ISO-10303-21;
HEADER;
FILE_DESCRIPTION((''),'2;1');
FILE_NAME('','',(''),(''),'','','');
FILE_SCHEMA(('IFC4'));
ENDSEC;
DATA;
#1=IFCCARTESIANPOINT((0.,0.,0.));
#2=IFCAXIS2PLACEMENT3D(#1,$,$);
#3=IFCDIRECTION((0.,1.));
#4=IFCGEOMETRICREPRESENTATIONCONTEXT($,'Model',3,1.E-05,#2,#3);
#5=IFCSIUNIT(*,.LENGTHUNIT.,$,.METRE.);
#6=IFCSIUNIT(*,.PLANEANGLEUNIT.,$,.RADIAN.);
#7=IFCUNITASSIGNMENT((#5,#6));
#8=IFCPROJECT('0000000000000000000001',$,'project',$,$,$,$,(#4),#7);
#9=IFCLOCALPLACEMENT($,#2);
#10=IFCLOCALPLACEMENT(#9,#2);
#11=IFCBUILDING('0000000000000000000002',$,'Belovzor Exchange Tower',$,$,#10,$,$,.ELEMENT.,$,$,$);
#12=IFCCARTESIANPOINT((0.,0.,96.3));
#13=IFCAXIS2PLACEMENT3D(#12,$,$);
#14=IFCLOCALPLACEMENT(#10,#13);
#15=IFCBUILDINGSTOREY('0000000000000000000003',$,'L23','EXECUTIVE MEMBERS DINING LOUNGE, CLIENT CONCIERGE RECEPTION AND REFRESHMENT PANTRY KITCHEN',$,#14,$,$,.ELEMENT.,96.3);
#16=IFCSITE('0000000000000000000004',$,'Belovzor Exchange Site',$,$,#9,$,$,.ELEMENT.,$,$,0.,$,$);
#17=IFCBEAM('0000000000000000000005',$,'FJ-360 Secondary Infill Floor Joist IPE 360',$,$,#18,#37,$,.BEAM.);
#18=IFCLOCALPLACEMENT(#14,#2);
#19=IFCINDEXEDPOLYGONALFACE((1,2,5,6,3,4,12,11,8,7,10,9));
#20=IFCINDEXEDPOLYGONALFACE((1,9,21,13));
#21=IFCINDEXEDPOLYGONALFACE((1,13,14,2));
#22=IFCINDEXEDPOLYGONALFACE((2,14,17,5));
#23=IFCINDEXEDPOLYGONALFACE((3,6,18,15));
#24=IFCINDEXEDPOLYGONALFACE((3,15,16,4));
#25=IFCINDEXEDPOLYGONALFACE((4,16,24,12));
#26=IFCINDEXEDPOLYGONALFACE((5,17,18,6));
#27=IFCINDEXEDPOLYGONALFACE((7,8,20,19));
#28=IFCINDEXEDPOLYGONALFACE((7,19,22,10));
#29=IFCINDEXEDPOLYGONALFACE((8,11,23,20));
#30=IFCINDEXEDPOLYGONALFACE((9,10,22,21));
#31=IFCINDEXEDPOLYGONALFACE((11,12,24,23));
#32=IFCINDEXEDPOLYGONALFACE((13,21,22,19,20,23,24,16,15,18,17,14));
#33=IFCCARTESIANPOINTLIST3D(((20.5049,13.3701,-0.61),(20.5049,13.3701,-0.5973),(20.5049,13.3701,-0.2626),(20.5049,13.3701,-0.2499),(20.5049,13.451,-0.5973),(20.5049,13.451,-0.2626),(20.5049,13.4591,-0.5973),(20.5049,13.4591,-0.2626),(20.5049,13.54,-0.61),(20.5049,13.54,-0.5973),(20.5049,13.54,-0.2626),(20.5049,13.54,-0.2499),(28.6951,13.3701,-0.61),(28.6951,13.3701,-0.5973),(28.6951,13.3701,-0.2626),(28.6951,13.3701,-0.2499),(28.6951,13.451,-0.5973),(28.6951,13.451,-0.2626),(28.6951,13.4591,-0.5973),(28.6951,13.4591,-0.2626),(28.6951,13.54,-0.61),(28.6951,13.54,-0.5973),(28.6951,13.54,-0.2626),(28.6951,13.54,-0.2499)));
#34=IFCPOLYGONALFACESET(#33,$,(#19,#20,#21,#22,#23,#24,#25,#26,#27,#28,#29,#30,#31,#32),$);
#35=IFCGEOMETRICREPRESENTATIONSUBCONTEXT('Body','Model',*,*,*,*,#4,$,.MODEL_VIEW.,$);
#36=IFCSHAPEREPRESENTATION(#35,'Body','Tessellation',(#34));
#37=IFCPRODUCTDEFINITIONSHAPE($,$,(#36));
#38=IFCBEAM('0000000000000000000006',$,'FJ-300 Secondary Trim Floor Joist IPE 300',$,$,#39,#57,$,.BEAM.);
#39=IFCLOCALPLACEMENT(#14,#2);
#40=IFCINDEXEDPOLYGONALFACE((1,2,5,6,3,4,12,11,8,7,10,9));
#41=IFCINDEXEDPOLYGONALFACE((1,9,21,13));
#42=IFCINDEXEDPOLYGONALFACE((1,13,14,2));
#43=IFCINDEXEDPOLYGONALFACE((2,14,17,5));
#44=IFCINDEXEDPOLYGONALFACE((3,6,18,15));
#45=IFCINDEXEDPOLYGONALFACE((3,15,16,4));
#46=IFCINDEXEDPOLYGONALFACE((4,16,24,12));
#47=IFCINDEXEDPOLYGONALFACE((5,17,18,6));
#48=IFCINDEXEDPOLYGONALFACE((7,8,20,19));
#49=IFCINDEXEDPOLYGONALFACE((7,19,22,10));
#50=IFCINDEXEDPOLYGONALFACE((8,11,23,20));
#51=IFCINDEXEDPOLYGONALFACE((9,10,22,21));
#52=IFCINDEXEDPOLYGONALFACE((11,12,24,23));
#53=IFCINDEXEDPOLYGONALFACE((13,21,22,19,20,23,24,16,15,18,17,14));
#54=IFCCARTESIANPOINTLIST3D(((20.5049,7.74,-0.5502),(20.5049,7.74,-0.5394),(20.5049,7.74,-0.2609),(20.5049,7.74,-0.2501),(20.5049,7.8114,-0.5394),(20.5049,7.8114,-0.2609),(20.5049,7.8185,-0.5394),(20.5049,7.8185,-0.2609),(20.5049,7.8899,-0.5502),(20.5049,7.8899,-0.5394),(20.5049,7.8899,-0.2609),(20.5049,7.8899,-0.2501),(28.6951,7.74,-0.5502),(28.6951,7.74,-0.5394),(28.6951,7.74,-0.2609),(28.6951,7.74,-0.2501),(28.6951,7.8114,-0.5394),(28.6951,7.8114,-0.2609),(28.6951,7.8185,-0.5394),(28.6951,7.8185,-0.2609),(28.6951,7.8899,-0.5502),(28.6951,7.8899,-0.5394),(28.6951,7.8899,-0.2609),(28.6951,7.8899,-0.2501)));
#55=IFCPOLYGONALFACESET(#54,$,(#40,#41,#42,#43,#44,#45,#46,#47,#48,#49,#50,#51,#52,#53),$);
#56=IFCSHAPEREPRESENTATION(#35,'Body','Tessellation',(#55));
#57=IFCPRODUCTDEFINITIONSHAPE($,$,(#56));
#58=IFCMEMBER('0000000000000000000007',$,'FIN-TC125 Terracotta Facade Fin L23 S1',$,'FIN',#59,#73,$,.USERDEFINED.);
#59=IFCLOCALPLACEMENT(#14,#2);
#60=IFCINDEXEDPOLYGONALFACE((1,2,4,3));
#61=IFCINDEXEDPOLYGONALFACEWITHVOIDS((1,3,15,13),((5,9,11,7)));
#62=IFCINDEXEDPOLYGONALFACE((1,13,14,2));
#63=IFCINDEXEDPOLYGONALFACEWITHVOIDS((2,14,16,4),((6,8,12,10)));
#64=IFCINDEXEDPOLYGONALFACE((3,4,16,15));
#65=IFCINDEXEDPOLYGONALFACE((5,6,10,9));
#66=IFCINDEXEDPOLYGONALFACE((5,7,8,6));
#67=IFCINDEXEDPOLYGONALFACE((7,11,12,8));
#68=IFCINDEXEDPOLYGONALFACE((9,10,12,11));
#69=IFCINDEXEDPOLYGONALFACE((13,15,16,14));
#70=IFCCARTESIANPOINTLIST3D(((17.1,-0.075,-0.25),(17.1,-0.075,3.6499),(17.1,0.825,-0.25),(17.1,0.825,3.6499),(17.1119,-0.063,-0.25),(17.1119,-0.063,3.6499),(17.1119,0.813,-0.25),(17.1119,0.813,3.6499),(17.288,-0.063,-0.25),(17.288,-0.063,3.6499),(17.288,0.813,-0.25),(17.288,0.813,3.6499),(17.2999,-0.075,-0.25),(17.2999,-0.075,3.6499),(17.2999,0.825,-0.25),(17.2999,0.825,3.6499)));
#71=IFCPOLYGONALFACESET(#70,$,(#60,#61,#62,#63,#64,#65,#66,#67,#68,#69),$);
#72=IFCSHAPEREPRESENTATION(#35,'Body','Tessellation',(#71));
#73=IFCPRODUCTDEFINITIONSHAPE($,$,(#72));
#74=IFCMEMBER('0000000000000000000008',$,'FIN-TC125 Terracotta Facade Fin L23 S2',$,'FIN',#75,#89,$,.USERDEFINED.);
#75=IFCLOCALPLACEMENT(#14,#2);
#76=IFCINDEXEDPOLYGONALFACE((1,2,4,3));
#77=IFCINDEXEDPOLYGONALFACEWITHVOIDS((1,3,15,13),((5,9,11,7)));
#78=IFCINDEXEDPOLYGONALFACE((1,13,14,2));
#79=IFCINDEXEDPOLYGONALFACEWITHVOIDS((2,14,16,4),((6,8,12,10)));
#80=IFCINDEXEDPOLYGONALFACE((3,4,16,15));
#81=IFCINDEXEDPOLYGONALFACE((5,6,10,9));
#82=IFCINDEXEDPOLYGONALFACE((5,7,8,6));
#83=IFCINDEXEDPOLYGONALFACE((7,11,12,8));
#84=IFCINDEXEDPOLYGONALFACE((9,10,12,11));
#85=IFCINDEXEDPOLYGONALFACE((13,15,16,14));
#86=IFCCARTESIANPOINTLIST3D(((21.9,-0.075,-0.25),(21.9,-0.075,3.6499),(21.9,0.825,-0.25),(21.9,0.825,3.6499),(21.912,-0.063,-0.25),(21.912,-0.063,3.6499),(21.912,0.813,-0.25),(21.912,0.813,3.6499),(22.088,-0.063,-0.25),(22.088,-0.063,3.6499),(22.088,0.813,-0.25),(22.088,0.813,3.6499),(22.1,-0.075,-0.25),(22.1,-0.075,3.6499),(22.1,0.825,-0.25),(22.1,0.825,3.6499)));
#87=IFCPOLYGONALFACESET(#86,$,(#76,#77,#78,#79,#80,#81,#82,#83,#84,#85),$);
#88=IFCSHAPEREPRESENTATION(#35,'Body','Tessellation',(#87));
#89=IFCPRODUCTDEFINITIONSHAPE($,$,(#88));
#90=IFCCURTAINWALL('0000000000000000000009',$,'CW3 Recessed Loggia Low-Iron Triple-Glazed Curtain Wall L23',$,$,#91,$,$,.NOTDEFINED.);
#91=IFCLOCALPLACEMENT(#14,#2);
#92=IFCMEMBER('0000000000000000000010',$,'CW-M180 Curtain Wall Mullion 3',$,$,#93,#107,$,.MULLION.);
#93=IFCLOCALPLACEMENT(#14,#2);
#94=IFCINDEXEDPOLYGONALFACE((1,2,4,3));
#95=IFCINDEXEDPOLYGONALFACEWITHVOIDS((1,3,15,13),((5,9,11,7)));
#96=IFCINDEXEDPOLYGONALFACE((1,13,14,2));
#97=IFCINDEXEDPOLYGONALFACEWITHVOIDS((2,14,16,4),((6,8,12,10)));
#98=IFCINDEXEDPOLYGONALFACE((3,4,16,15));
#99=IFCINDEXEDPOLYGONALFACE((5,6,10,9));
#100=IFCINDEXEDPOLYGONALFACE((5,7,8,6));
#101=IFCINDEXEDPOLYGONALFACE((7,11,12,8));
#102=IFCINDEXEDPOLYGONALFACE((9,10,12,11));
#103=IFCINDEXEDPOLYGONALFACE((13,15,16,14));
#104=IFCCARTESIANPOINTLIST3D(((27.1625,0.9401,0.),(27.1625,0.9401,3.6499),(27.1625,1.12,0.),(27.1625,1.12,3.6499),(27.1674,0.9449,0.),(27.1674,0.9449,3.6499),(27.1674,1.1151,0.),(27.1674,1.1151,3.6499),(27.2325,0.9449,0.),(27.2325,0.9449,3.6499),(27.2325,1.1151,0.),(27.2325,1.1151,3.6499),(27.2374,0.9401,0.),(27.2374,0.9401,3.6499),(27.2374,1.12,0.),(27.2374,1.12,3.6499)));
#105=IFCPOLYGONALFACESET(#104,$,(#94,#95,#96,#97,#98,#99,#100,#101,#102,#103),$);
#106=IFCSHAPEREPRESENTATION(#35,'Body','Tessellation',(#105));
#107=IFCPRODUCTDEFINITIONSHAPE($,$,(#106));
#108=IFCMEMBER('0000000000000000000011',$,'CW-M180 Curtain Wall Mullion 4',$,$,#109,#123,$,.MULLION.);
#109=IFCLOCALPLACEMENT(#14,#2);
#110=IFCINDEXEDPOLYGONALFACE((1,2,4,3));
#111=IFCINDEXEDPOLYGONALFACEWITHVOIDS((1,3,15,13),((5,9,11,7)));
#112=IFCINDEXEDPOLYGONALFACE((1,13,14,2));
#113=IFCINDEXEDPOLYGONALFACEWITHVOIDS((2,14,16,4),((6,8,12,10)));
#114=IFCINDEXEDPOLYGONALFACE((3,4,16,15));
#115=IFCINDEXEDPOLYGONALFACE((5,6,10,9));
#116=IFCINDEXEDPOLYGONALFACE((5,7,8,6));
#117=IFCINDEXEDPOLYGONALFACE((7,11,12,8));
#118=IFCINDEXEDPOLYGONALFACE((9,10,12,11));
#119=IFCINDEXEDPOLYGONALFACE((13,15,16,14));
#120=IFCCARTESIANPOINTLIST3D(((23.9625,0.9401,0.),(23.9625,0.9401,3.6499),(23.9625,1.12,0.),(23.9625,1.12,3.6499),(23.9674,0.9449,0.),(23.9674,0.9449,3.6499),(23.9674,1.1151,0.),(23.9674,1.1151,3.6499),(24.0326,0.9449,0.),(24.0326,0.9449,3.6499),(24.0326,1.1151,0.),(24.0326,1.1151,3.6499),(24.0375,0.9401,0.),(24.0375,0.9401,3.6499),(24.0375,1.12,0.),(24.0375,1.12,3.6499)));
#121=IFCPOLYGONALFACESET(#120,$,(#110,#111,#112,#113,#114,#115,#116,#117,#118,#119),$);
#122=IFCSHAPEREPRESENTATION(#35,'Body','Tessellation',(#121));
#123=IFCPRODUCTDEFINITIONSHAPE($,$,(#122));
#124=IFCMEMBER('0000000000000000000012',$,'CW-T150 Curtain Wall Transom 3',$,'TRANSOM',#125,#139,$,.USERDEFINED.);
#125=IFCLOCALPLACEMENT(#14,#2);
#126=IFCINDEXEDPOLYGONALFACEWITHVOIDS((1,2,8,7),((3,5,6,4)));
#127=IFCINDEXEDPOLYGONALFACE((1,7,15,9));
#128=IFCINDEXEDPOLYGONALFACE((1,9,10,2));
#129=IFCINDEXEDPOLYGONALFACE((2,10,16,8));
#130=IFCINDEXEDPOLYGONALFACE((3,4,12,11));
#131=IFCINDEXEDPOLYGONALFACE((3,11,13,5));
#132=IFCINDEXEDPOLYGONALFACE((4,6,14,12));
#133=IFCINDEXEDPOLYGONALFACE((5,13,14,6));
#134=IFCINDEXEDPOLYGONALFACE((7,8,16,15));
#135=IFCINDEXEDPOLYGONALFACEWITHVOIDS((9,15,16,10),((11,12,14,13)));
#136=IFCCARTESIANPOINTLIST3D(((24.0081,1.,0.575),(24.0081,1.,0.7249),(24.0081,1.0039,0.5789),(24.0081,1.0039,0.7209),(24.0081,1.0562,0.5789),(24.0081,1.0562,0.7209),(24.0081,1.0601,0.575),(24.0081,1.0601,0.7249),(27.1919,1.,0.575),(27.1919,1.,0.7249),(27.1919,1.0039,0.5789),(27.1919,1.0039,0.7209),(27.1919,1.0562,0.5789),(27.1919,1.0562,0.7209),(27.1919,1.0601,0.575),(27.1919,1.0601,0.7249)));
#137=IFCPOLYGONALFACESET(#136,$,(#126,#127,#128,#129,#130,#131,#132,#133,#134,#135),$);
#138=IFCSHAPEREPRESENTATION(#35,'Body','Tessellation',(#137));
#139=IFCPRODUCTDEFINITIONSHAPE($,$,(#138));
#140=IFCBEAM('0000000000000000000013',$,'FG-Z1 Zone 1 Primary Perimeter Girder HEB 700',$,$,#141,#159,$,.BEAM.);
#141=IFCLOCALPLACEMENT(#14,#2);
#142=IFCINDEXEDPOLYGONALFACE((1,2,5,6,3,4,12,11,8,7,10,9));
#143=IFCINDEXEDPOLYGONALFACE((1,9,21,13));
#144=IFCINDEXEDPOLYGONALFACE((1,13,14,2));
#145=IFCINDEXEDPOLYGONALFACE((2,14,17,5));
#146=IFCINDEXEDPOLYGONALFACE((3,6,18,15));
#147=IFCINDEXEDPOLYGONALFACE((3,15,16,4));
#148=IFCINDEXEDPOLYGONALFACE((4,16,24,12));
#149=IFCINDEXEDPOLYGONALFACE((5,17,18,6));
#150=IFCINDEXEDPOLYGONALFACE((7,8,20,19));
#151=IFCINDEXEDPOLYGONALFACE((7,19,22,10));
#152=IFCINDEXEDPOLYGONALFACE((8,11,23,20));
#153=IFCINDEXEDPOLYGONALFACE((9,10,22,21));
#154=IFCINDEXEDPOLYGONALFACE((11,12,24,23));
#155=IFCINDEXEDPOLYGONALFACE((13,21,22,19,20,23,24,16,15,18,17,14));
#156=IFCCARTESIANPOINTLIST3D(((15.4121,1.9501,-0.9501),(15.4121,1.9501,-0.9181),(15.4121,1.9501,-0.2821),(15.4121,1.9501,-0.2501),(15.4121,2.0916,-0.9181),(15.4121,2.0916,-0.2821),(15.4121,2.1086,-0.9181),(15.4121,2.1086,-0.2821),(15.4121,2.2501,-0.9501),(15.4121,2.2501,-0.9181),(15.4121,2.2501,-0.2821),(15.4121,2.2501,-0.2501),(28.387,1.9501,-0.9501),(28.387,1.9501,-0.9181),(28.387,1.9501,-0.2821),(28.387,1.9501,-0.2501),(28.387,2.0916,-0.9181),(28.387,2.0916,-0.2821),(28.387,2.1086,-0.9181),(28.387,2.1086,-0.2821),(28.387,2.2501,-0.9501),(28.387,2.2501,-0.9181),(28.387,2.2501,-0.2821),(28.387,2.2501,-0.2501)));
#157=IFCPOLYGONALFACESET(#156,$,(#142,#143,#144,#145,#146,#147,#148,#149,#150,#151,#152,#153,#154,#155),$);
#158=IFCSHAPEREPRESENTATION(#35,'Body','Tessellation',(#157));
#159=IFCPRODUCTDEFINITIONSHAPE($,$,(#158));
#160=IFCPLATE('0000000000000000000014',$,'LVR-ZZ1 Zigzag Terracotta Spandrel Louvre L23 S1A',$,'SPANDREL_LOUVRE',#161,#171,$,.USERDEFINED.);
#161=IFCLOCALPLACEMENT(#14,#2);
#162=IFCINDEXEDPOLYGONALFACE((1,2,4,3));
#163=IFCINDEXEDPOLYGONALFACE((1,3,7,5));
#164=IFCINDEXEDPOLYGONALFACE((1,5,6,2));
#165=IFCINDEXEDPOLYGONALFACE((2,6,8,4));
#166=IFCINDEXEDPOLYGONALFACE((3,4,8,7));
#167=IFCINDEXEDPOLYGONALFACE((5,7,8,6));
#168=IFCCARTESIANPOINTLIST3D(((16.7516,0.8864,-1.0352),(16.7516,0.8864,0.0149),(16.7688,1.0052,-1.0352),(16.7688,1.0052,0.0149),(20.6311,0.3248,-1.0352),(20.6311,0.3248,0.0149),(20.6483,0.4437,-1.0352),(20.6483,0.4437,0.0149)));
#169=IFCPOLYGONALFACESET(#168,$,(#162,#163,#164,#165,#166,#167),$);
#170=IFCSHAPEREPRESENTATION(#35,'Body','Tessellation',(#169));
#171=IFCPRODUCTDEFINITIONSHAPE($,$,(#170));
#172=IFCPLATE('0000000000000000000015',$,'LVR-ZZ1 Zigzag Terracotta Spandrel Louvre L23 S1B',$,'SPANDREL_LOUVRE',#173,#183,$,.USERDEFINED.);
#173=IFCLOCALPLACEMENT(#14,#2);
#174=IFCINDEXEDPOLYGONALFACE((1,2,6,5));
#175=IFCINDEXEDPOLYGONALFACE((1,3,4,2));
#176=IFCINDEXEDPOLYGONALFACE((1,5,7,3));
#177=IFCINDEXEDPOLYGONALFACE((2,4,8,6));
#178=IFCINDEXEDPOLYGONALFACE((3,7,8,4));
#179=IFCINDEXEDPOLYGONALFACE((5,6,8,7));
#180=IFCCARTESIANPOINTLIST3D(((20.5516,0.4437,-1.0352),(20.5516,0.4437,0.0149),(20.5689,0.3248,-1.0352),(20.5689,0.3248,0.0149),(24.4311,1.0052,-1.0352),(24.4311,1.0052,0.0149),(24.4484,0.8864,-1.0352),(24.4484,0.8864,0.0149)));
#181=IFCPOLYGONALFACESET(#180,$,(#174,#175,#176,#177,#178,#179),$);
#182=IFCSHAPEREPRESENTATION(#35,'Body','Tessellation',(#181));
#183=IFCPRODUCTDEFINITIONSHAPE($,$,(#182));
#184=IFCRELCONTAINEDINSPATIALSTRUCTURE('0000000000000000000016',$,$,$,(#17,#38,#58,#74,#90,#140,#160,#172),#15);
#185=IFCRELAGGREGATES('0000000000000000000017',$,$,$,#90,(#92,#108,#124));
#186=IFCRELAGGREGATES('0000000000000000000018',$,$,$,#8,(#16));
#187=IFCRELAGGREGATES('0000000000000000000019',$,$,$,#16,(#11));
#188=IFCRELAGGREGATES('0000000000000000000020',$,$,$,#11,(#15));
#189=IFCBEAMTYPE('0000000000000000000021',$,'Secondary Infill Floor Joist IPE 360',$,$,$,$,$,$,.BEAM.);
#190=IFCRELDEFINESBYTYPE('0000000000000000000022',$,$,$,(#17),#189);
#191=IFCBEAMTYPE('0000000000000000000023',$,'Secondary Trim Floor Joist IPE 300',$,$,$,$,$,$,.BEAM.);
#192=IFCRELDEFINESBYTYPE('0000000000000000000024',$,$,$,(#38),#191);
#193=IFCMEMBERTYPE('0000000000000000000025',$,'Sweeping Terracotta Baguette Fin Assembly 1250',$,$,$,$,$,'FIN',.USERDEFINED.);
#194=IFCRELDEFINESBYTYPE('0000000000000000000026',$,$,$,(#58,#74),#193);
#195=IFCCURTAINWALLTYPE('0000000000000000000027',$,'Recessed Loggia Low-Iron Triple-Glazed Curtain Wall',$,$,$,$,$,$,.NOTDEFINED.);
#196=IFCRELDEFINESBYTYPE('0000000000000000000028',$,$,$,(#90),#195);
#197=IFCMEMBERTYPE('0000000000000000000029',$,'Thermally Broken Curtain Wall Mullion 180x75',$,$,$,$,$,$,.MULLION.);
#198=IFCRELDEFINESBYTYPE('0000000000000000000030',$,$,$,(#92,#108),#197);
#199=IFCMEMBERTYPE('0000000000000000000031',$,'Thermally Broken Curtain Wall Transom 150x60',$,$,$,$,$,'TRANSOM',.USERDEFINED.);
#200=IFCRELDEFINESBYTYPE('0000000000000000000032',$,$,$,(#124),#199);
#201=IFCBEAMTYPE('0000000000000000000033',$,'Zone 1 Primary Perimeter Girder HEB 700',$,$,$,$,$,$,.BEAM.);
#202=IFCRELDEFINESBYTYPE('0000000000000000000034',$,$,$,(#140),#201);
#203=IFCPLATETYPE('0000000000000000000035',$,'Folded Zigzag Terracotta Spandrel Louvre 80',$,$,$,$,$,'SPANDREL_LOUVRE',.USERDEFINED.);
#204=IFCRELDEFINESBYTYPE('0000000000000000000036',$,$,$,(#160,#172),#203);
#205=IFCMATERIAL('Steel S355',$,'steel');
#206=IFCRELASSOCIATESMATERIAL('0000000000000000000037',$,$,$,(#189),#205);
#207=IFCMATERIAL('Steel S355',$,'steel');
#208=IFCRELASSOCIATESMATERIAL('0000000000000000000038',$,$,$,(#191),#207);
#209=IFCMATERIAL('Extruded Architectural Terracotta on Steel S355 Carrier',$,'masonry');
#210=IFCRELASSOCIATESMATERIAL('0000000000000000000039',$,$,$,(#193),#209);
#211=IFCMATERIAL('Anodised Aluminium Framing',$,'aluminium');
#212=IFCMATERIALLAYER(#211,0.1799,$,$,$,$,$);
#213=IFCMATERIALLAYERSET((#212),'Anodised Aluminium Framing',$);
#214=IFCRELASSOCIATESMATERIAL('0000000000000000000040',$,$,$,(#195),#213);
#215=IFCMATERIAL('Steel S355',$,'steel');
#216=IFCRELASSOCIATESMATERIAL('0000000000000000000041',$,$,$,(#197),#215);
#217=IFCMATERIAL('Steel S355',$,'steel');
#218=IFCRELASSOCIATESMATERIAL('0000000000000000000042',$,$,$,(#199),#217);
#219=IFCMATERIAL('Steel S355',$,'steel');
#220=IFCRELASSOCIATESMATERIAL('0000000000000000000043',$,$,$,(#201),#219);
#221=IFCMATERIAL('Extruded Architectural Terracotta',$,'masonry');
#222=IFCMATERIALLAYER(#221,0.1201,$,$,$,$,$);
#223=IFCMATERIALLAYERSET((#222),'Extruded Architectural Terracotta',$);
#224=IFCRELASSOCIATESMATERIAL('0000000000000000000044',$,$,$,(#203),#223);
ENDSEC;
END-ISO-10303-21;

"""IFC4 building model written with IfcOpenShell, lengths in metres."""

from ifc_helpers import new_model, si_unit, direction, frame, origin, origin_2d, place, context, subcontext, project, spatial, rectangle, hollow_rectangle, i_section, extrude, material, layer, layer_set, material_profile, profile_set, type_object, element, aggregate, save


model = new_model("IFC4")

# Units and contexts
model_context = context("Model", 3, precision=1e-05, world=origin(), true_north=direction((0.0, 1.0)))
body_context = subcontext(model_context, "Body", "Model", "MODEL_VIEW")
ifc_project = project(units=[si_unit("LENGTHUNIT", "METRE"), si_unit("PLANEANGLEUNIT", "RADIAN")], contexts=[model_context])

# Site, building, storey
site_placement = place(None, origin())
site = spatial("IfcSite", under=ifc_project, at=site_placement, Name="Belovzor Exchange Site", CompositionType="ELEMENT", RefElevation=0.0)
building_placement = place(site_placement, origin())
building = spatial("IfcBuilding", under=site, at=building_placement, Name="Belovzor Exchange Tower", CompositionType="ELEMENT")
storey_placement = place(building_placement, frame((0.0, 0.0, 96.3)))
storey = spatial("IfcBuildingStorey", under=building, at=storey_placement, Name="L23", Description="EXECUTIVE MEMBERS DINING LOUNGE, CLIENT CONCIERGE RECEPTION AND REFRESHMENT PANTRY KITCHEN", CompositionType="ELEMENT", Elevation=96.3)

# Beams
ifc_material_1 = material(Name="Steel S355", Category="steel")
ifc_material_profile_1 = material_profile(ifc_material_1, i_section(OverallWidth=0.1699, OverallDepth=0.3601, WebThickness=0.0081, FlangeThickness=0.0127, at=origin_2d()))
ifc_profile_set_1 = profile_set([ifc_material_profile_1], Name="Steel S355")
beam_type_1 = type_object("IfcBeamType", Name="Secondary Infill Floor Joist IPE 360", PredefinedType="BEAM", material=ifc_profile_set_1)
beam_1_placement = place(storey_placement, frame((20.5049, 13.4551, -0.4299), z_axis=(1.0, 0.0, 0.0), x_axis=(0.0, 1.0, 0.0)))
element("IfcBeam", 1, at=beam_1_placement, inside=storey, type_object=beam_type_1, Name="FJ-360 Secondary Infill Floor Joist IPE 360", PredefinedType="BEAM", context=body_context, shape_type="SweptSolid", body=[
    extrude(i_section(OverallWidth=0.1699, OverallDepth=0.3601, WebThickness=0.0081, FlangeThickness=0.0127, at=origin_2d()), origin(), (0.0, 0.0, 1.0), 8.1902),
])
ifc_material_2 = material(Name="Steel S355", Category="steel")
ifc_material_profile_2 = material_profile(ifc_material_2, i_section(OverallWidth=0.1499, OverallDepth=0.3, WebThickness=0.0071, FlangeThickness=0.0107, at=origin_2d()))
ifc_profile_set_2 = profile_set([ifc_material_profile_2], Name="Steel S355")
beam_type_2 = type_object("IfcBeamType", Name="Secondary Trim Floor Joist IPE 300", PredefinedType="BEAM", material=ifc_profile_set_2)
beam_2_placement = place(storey_placement, frame((20.5049, 7.8149, -0.4001), z_axis=(1.0, 0.0, 0.0), x_axis=(0.0, 1.0, 0.0)))
element("IfcBeam", 2, at=beam_2_placement, inside=storey, type_object=beam_type_2, Name="FJ-300 Secondary Trim Floor Joist IPE 300", PredefinedType="BEAM", context=body_context, shape_type="SweptSolid", body=[
    extrude(i_section(OverallWidth=0.1499, OverallDepth=0.3, WebThickness=0.0071, FlangeThickness=0.0107, at=origin_2d()), origin(), (0.0, 0.0, 1.0), 8.1902),
])

# Members
ifc_material_3 = material(Name="Extruded Architectural Terracotta on Steel S355 Carrier", Category="masonry")
ifc_material_profile_3 = material_profile(ifc_material_3, hollow_rectangle(XDim=0.2, YDim=0.8999, WallThickness=0.012, at=origin_2d()))
ifc_profile_set_3 = profile_set([ifc_material_profile_3], Name="Extruded Architectural Terracotta on Steel S355 Carrier")
member_type_1 = type_object("IfcMemberType", Name="Sweeping Terracotta Baguette Fin Assembly 1250", ElementType="FIN", PredefinedType="USERDEFINED", material=ifc_profile_set_3)
for number, where, z_axis, x_axis, name in (
    (3, (17.2, 0.375, -0.25), (0.0, 0.0, 1.0), (1.0, 0.0, 0.0), "FIN-TC125 Terracotta Facade Fin L23 S1"),
    (4, (22.0, 0.375, -0.25), (0.0, 0.0, 1.0), (1.0, 0.0, 0.0), "FIN-TC125 Terracotta Facade Fin L23 S2"),
):
    element("IfcMember", number, at=place(storey_placement, frame(where, z_axis=z_axis, x_axis=x_axis)), inside=storey, type_object=member_type_1, Name=name, ObjectType="FIN", PredefinedType="USERDEFINED", context=body_context, shape_type="SweptSolid", body=[
        extrude(hollow_rectangle(XDim=0.2, YDim=0.8999, WallThickness=0.012, at=origin_2d()), origin(), (0.0, 0.0, 1.0), 3.8999),
    ])

# Curtain wall, members
ifc_material_4 = material(Name="Anodised Aluminium Framing", Category="aluminium")
ifc_layer_1 = layer(ifc_material_4, 0.1799)
ifc_layer_set_1 = layer_set([ifc_layer_1], Name="Anodised Aluminium Framing")
curtain_wall_type = type_object("IfcCurtainWallType", Name="Recessed Loggia Low-Iron Triple-Glazed Curtain Wall", PredefinedType="NOTDEFINED", material=ifc_layer_set_1)
curtain_wall_placement = place(storey_placement, origin())
curtain_wall = element("IfcCurtainWall", 5, at=curtain_wall_placement, inside=storey, type_object=curtain_wall_type, Name="CW3 Recessed Loggia Low-Iron Triple-Glazed Curtain Wall L23", PredefinedType="NOTDEFINED")
ifc_material_5 = material(Name="Steel S355", Category="steel")
ifc_material_profile_4 = material_profile(ifc_material_5, hollow_rectangle(XDim=0.075, YDim=0.1799, WallThickness=0.0049, at=origin_2d()))
ifc_profile_set_4 = profile_set([ifc_material_profile_4], Name="Steel S355")
member_type_2 = type_object("IfcMemberType", Name="Thermally Broken Curtain Wall Mullion 180x75", PredefinedType="MULLION", material=ifc_profile_set_4)
member_1_placement = place(storey_placement, frame((27.2, 1.03, 0.0), z_axis=(0.0, 0.0, 1.0), x_axis=(-1.0, 0.0, 0.0)))
member_1 = element("IfcMember", 6, at=member_1_placement, type_object=member_type_2, Name="CW-M180 Curtain Wall Mullion 3", PredefinedType="MULLION", context=body_context, shape_type="SweptSolid", body=[
    extrude(hollow_rectangle(XDim=0.075, YDim=0.1799, WallThickness=0.0049, at=origin_2d()), origin(), (0.0, 0.0, 1.0), 3.6499),
])
member_2_placement = place(storey_placement, frame((24.0, 1.03, 0.0), z_axis=(0.0, 0.0, 1.0), x_axis=(-1.0, 0.0, 0.0)))
member_2 = element("IfcMember", 7, at=member_2_placement, type_object=member_type_2, Name="CW-M180 Curtain Wall Mullion 4", PredefinedType="MULLION", context=body_context, shape_type="SweptSolid", body=[
    extrude(hollow_rectangle(XDim=0.075, YDim=0.1799, WallThickness=0.0049, at=origin_2d()), origin(), (0.0, 0.0, 1.0), 3.6499),
])
ifc_material_6 = material(Name="Steel S355", Category="steel")
ifc_material_profile_5 = material_profile(ifc_material_6, hollow_rectangle(XDim=0.0601, YDim=0.1499, WallThickness=0.0039, at=origin_2d()))
ifc_profile_set_5 = profile_set([ifc_material_profile_5], Name="Steel S355")
member_type_3 = type_object("IfcMemberType", Name="Thermally Broken Curtain Wall Transom 150x60", ElementType="TRANSOM", PredefinedType="USERDEFINED", material=ifc_profile_set_5)
member_3_placement = place(storey_placement, frame((27.1919, 1.03, 0.6499), z_axis=(-1.0, 0.0, 0.0), x_axis=(0.0, -1.0, 0.0)))
member_3 = element("IfcMember", 8, at=member_3_placement, type_object=member_type_3, Name="CW-T150 Curtain Wall Transom 3", ObjectType="TRANSOM", PredefinedType="USERDEFINED", context=body_context, shape_type="SweptSolid", body=[
    extrude(hollow_rectangle(XDim=0.0601, YDim=0.1499, WallThickness=0.0039, at=origin_2d()), origin(), (0.0, 0.0, 1.0), 3.1838),
])

# Beam
ifc_material_7 = material(Name="Steel S355", Category="steel")
ifc_material_profile_6 = material_profile(ifc_material_7, i_section(OverallWidth=0.3, OverallDepth=0.7, WebThickness=0.0171, FlangeThickness=0.032, at=origin_2d()))
ifc_profile_set_6 = profile_set([ifc_material_profile_6], Name="Steel S355")
beam_type_3 = type_object("IfcBeamType", Name="Zone 1 Primary Perimeter Girder HEB 700", PredefinedType="BEAM", material=ifc_profile_set_6)
beam_3_placement = place(storey_placement, frame((15.4121, 2.1001, -0.6001), z_axis=(1.0, 0.0, 0.0), x_axis=(0.0, 1.0, 0.0)))
element("IfcBeam", 9, at=beam_3_placement, inside=storey, type_object=beam_type_3, Name="FG-Z1 Zone 1 Primary Perimeter Girder HEB 700", PredefinedType="BEAM", context=body_context, shape_type="SweptSolid", body=[
    extrude(i_section(OverallWidth=0.3, OverallDepth=0.7, WebThickness=0.0171, FlangeThickness=0.032, at=origin_2d()), origin(), (0.0, 0.0, 1.0), 12.9749),
])

# Plates
ifc_material_8 = material(Name="Extruded Architectural Terracotta", Category="masonry")
ifc_layer_2 = layer(ifc_material_8, 0.1201)
ifc_layer_set_2 = layer_set([ifc_layer_2], Name="Extruded Architectural Terracotta")
plate_type_1 = type_object("IfcPlateType", Name="Folded Zigzag Terracotta Spandrel Louvre 80", ElementType="SPANDREL_LOUVRE", PredefinedType="USERDEFINED", material=ifc_layer_set_2)
for number, where, z_axis, x_axis, name in (
    (10, (18.7, 0.665, -1.0352), (0.0, 0.0, 1.0), (0.989686, -0.143251, 0.0), "LVR-ZZ1 Zigzag Terracotta Spandrel Louvre L23 S1A"),
    (11, (22.5, 0.665, -1.0352), (0.0, 0.0, 1.0), (0.989686, 0.143251, 0.0), "LVR-ZZ1 Zigzag Terracotta Spandrel Louvre L23 S1B"),
):
    element("IfcPlate", number, at=place(storey_placement, frame(where, z_axis=z_axis, x_axis=x_axis)), inside=storey, type_object=plate_type_1, Name=name, ObjectType="SPANDREL_LOUVRE", PredefinedType="USERDEFINED", context=body_context, shape_type="SweptSolid", body=[
        extrude(rectangle(XDim=3.9199, YDim=0.1201, at=origin_2d()), origin(), (0.0, 0.0, 1.0), 1.05),
    ])

aggregate(curtain_wall, [member_1, member_2, member_3])

save(model, "model.ifc")
